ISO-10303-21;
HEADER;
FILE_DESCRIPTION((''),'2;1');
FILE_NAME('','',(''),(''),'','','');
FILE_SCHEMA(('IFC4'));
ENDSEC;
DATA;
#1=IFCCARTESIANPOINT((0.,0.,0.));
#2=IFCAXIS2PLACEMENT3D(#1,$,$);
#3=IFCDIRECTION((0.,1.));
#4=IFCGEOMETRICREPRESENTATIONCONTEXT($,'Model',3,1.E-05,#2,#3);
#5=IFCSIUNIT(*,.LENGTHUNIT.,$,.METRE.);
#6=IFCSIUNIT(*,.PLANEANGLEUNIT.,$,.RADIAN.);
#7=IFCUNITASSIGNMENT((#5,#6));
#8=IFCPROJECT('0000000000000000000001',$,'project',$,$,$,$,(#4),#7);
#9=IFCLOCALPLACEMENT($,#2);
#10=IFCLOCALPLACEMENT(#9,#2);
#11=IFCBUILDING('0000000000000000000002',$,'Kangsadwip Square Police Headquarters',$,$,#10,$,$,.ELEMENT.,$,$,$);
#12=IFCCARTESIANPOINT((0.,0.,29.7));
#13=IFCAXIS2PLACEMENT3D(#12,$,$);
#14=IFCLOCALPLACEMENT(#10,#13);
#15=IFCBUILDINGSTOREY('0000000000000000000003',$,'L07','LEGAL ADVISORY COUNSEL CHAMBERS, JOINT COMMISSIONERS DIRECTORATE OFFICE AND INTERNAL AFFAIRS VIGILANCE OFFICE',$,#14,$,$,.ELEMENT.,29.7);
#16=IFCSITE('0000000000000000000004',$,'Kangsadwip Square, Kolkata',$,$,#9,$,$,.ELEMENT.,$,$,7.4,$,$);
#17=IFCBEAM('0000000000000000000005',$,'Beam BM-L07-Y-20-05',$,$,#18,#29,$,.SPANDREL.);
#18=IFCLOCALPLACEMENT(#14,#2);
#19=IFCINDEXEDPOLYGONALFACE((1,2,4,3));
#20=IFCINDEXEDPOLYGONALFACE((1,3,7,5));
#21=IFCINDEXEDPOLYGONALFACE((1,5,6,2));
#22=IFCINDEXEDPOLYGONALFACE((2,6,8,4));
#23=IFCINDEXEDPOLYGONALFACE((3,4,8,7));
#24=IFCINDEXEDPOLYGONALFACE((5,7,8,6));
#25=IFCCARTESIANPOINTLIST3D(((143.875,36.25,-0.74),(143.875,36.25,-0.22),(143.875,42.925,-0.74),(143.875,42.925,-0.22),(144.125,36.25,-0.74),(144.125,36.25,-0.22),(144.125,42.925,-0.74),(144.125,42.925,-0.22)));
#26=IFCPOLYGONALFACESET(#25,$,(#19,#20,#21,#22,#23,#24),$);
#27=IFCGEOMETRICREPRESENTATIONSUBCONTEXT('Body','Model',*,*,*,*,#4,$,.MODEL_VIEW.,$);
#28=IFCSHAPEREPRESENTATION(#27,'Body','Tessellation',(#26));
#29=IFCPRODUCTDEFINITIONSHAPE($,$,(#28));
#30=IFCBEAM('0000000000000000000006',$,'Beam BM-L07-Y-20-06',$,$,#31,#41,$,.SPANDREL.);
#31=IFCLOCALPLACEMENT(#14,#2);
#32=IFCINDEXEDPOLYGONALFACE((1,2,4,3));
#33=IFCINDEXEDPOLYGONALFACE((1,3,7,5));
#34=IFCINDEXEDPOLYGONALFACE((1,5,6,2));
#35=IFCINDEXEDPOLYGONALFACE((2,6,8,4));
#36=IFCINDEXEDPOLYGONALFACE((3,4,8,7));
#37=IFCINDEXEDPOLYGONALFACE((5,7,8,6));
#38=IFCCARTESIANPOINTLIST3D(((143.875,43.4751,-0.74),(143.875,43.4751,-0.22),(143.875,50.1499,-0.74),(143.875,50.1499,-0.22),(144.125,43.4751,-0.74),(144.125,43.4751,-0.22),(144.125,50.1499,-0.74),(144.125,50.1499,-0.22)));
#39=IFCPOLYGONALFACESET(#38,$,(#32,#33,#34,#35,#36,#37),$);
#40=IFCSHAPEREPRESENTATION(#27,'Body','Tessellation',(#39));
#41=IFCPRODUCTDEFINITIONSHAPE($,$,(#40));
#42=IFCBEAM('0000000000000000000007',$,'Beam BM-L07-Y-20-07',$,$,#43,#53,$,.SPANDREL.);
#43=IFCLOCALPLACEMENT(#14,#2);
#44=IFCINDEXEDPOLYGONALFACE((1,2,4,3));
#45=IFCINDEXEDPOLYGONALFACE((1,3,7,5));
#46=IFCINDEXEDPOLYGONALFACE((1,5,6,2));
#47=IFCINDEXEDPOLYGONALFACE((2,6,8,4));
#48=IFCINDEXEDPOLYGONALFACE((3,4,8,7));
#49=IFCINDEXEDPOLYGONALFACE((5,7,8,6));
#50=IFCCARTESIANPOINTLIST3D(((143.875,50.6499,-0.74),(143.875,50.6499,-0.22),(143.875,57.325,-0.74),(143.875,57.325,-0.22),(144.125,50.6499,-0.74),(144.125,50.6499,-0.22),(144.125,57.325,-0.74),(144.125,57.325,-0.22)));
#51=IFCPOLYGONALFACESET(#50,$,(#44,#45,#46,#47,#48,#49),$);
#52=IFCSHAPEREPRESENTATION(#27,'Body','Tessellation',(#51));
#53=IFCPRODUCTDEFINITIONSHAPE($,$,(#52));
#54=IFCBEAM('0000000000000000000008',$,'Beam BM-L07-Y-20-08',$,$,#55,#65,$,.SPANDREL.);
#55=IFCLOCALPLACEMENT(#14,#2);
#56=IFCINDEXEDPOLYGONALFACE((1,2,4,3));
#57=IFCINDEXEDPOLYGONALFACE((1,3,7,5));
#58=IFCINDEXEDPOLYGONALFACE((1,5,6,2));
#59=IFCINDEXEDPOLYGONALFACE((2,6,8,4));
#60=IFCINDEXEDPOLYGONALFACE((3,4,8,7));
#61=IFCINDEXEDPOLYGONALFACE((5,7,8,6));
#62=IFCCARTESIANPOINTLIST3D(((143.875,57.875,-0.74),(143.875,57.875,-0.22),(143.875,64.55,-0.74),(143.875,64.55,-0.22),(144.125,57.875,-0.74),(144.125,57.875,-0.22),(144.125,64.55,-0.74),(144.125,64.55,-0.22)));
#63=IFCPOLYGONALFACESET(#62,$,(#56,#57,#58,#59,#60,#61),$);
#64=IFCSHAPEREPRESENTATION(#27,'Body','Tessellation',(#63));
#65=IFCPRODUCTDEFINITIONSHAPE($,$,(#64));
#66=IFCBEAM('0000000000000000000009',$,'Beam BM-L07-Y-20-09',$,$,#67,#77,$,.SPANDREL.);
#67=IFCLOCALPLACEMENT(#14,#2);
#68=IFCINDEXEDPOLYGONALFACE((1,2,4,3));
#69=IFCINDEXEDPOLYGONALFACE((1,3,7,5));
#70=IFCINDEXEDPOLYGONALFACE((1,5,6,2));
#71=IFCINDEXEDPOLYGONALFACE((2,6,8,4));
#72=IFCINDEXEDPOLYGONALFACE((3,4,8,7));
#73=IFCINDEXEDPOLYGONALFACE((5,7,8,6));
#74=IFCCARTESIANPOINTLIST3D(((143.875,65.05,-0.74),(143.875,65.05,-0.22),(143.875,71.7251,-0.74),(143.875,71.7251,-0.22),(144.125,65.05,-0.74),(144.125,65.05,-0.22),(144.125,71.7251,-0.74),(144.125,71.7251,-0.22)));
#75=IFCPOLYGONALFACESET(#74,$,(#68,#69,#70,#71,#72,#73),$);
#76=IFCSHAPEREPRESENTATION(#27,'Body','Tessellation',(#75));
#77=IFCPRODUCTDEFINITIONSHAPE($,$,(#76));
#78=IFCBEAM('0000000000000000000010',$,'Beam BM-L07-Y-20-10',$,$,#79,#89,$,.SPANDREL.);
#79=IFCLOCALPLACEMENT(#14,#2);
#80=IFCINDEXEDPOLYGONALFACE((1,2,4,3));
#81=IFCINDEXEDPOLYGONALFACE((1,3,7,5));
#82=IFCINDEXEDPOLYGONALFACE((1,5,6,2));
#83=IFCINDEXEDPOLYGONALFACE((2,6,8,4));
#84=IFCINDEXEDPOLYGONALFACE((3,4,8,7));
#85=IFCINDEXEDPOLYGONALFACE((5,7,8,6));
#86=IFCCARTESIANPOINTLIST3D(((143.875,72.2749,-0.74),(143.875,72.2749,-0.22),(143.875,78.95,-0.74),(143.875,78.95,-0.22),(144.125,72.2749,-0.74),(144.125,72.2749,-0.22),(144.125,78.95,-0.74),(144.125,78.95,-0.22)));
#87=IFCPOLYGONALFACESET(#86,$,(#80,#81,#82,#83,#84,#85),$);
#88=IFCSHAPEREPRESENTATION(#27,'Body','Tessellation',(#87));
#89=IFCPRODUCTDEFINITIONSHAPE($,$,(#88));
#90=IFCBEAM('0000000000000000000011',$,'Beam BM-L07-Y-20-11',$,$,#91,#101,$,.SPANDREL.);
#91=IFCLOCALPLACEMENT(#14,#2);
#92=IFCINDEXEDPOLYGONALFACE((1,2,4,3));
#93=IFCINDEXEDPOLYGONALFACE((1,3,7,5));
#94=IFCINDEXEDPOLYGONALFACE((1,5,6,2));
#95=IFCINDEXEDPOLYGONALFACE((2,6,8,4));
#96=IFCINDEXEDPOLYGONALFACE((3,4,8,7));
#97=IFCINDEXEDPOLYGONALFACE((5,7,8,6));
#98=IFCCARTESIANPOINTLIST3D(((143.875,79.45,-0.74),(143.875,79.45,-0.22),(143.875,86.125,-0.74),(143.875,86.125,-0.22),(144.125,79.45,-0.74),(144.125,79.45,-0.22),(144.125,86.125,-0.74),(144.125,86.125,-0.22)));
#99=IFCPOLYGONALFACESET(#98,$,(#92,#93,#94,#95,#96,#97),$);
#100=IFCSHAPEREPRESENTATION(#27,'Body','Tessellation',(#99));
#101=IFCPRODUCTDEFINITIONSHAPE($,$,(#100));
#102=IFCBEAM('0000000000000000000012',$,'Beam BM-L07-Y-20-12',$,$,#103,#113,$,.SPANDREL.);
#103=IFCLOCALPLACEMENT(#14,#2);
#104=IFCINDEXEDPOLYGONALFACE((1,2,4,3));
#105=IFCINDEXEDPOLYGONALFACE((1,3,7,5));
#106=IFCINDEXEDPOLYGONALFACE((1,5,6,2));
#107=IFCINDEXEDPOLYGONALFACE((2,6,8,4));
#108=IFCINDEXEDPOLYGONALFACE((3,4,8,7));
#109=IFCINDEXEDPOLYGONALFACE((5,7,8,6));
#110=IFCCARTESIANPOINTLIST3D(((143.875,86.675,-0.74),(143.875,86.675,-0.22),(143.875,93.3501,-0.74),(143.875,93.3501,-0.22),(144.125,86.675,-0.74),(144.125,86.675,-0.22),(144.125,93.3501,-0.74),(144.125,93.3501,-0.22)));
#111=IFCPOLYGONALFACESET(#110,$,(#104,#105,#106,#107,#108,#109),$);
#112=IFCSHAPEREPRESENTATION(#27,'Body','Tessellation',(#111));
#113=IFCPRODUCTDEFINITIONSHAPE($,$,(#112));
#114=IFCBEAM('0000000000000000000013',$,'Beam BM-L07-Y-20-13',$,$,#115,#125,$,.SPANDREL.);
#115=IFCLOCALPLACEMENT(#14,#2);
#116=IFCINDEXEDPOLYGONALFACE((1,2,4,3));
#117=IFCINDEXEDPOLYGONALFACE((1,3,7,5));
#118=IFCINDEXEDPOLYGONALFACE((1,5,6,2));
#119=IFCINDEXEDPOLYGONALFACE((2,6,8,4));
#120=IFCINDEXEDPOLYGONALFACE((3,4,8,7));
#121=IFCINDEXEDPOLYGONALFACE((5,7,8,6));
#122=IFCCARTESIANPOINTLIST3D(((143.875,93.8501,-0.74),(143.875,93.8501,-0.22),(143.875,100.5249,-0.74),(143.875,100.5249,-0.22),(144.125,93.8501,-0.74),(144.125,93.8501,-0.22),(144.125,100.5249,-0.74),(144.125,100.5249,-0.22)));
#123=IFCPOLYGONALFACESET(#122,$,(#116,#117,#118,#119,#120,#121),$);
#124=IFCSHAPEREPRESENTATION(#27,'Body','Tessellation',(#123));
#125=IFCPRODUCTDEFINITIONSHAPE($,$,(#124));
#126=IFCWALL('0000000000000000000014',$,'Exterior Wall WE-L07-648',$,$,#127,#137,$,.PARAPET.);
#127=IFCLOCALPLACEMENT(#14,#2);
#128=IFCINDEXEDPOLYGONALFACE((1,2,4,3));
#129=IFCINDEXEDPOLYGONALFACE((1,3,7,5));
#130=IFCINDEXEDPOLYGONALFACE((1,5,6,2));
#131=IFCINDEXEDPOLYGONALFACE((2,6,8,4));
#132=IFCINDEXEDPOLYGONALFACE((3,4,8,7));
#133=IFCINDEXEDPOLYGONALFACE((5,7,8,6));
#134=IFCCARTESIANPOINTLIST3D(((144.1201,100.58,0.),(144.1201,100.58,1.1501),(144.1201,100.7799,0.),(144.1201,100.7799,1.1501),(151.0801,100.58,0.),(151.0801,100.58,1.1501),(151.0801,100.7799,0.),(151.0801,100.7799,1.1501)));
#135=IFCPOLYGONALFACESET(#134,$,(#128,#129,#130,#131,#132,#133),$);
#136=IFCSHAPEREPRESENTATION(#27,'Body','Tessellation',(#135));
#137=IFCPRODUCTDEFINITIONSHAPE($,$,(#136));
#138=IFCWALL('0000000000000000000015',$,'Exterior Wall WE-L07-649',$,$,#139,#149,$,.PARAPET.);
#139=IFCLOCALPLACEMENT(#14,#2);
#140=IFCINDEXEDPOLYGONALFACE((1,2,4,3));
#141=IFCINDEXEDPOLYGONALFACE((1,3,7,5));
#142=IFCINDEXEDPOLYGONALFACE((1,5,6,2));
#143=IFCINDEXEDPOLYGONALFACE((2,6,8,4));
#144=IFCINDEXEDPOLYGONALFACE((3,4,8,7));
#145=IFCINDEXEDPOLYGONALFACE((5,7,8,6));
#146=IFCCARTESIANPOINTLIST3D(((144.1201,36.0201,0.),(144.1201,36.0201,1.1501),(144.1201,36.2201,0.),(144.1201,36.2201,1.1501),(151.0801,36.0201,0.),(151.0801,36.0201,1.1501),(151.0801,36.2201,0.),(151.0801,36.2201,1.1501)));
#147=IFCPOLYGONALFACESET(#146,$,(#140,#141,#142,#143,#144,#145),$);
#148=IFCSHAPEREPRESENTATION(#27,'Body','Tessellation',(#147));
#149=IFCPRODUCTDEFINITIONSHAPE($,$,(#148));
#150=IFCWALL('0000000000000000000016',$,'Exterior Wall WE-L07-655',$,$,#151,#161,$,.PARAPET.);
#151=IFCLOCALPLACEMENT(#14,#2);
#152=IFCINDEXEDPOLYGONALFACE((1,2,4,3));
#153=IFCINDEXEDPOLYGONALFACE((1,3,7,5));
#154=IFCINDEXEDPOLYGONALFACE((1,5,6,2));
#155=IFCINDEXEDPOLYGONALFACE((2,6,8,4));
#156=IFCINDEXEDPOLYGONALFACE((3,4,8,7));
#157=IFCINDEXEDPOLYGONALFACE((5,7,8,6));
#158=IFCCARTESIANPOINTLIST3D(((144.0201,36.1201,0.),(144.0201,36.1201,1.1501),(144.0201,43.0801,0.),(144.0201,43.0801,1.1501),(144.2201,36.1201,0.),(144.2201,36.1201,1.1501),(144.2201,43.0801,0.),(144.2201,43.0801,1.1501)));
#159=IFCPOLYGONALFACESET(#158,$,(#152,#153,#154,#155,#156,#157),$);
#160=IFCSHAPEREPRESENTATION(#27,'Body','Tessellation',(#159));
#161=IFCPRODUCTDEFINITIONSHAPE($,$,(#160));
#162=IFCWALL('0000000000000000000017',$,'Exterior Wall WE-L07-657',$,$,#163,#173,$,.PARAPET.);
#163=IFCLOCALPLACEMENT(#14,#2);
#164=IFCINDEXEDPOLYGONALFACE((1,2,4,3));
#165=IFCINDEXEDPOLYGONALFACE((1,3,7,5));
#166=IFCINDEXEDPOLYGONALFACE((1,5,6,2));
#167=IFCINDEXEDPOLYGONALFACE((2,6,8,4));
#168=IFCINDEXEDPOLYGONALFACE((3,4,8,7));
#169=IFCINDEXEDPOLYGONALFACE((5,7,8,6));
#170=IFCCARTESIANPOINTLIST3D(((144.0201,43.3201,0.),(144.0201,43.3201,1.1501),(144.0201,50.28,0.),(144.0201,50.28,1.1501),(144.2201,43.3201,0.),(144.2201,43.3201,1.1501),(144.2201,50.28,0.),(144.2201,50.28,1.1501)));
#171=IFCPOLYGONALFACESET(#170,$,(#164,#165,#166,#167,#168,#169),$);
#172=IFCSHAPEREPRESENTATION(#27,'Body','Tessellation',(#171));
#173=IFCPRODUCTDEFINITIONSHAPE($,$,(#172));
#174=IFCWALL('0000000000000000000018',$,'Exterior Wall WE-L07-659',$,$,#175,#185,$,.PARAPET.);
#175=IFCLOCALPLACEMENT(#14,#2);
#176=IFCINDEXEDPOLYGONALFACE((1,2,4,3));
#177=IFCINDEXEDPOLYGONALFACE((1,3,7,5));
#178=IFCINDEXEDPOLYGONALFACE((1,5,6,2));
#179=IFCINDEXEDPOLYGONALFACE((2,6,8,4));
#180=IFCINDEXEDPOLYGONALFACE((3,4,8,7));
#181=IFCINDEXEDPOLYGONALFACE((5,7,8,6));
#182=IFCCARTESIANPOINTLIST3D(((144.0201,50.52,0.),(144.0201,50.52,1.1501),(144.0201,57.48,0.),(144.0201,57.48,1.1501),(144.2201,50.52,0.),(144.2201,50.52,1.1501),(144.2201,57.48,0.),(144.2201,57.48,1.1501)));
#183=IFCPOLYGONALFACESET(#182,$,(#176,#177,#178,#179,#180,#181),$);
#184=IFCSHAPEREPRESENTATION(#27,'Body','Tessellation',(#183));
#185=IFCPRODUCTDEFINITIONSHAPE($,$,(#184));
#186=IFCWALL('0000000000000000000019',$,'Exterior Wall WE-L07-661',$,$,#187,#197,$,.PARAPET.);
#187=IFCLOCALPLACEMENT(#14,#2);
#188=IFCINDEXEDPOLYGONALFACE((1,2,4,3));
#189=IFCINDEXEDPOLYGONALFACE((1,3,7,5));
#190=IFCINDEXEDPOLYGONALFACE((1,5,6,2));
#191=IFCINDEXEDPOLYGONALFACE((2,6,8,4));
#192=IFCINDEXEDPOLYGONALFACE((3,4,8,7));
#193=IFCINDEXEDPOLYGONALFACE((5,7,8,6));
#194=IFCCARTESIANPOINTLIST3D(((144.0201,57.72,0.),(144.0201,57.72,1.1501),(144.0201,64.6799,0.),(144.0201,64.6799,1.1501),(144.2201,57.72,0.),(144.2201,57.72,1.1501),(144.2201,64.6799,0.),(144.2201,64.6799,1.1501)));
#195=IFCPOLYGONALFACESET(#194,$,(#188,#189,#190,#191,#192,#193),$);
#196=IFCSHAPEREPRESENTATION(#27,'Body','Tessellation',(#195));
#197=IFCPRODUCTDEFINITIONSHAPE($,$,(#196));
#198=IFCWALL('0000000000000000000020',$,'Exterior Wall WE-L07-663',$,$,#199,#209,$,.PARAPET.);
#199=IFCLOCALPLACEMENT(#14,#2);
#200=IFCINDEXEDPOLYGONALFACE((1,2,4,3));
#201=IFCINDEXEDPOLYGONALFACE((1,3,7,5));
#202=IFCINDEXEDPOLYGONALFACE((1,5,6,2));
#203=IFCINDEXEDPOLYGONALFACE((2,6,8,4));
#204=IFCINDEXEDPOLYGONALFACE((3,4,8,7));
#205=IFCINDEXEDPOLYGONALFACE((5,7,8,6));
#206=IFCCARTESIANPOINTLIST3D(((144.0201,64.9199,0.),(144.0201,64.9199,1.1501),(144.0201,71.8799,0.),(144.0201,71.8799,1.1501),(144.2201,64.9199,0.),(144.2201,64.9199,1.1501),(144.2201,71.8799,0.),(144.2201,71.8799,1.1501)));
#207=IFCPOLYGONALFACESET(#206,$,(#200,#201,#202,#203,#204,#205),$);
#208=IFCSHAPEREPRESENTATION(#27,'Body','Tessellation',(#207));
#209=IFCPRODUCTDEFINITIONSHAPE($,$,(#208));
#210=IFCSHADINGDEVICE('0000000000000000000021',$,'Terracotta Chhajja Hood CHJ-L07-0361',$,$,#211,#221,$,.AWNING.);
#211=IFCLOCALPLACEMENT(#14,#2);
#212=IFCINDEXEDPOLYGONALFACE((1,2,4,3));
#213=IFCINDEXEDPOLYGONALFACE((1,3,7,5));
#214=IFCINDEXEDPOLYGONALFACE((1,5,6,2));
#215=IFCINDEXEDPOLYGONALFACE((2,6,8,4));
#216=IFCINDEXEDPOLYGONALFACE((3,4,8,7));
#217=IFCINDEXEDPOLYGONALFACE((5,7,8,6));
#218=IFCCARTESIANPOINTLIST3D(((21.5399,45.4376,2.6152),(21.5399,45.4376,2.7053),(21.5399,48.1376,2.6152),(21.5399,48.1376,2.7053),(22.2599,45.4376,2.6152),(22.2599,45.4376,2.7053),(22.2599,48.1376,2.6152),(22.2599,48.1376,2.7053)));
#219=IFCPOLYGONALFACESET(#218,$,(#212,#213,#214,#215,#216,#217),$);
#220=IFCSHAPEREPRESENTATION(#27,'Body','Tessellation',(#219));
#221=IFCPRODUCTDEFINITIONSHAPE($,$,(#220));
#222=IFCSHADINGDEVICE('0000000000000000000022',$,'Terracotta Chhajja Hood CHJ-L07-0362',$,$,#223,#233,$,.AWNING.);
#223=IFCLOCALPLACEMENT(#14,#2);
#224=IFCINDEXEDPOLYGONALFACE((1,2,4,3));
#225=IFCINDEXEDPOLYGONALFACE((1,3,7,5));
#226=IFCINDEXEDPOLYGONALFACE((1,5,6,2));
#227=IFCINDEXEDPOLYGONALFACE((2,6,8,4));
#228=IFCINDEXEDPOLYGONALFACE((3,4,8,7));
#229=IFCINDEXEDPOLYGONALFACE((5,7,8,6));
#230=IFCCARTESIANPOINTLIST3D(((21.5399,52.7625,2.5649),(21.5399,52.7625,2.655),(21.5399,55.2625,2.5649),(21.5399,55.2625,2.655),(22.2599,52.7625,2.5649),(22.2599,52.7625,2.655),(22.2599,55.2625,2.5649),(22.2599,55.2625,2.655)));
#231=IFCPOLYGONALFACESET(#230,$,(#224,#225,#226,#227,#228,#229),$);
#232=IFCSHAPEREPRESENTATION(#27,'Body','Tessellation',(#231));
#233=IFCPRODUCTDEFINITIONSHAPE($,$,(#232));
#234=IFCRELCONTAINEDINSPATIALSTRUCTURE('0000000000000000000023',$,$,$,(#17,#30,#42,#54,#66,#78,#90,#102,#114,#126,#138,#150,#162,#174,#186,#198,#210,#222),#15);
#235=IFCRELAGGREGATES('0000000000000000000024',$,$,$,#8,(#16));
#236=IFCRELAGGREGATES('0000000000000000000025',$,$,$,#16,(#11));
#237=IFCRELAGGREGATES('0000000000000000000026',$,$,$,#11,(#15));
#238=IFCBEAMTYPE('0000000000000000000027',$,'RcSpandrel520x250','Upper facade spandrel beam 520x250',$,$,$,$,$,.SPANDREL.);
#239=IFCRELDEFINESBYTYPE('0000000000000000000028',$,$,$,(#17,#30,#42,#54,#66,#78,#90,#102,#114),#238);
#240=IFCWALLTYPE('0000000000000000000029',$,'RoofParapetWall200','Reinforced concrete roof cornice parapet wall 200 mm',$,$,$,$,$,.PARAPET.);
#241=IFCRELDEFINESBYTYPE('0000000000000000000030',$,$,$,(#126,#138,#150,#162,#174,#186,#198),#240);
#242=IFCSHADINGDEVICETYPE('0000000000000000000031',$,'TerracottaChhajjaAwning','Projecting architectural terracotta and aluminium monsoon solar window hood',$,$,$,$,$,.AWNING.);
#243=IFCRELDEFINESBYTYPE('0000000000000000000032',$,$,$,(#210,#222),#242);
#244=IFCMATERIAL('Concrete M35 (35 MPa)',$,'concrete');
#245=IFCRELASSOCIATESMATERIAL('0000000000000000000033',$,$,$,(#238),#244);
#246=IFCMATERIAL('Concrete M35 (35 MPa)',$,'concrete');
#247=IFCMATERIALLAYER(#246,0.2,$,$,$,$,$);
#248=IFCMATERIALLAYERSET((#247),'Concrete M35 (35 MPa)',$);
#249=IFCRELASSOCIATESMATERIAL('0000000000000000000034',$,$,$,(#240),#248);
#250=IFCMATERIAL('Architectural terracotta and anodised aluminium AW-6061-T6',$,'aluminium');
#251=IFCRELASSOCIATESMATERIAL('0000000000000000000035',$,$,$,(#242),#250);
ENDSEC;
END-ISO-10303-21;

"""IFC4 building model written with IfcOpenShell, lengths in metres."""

from ifc_helpers import new_model, si_unit, direction, frame, frame_2d, origin, origin_2d, place, context, subcontext, project, spatial, rectangle, extrude, material, layer, layer_set, material_profile, profile_set, type_object, element, save


model = new_model("IFC4")

# Units and contexts
model_context = context("Model", 3, precision=1e-05, world=origin(), true_north=direction((0.0, 1.0)))
body_context = subcontext(model_context, "Body", "Model", "MODEL_VIEW")
ifc_project = project(units=[si_unit("LENGTHUNIT", "METRE"), si_unit("PLANEANGLEUNIT", "RADIAN")], contexts=[model_context])

# Site, building, storey
site_placement = place(None, origin())
site = spatial("IfcSite", under=ifc_project, at=site_placement, Name="Kangsadwip Square, Kolkata", CompositionType="ELEMENT", RefElevation=7.4)
building_placement = place(site_placement, origin())
building = spatial("IfcBuilding", under=site, at=building_placement, Name="Kangsadwip Square Police Headquarters", CompositionType="ELEMENT")
storey_placement = place(building_placement, frame((0.0, 0.0, 29.7)))
storey = spatial("IfcBuildingStorey", under=building, at=storey_placement, Name="L07", Description="LEGAL ADVISORY COUNSEL CHAMBERS, JOINT COMMISSIONERS DIRECTORATE OFFICE AND INTERNAL AFFAIRS VIGILANCE OFFICE", CompositionType="ELEMENT", Elevation=29.7)

# Beams
ifc_material_1 = material(Name="Concrete M35 (35 MPa)", Category="concrete")
ifc_material_profile = material_profile(ifc_material_1, rectangle(XDim=0.25, YDim=0.52, at=origin_2d()), Name="RC SPN 520X250")
ifc_profile_set = profile_set([ifc_material_profile], Name="Concrete M35 (35 MPa)")
beam_type = type_object("IfcBeamType", Name="RcSpandrel520x250", Description="Upper facade spandrel beam 520x250", PredefinedType="SPANDREL", material=ifc_profile_set)
beam_1_placement = place(storey_placement, frame((144.0, 36.25, -0.48), z_axis=(0.0, 1.0, 0.0), x_axis=(-1.0, 0.0, 0.0)))
element("IfcBeam", 1, at=beam_1_placement, inside=storey, type_object=beam_type, Name="Beam BM-L07-Y-20-05", PredefinedType="SPANDREL", context=body_context, shape_type="SweptSolid", body=[
    extrude(rectangle(XDim=0.25, YDim=0.52, at=origin_2d()), origin(), (0.0, 0.0, 1.0), 6.675),
])
beam_2_placement = place(storey_placement, frame((144.0, 43.4751, -0.48), z_axis=(0.0, 1.0, 0.0), x_axis=(-1.0, 0.0, 0.0)))
element("IfcBeam", 2, at=beam_2_placement, inside=storey, type_object=beam_type, Name="Beam BM-L07-Y-20-06", PredefinedType="SPANDREL", context=body_context, shape_type="SweptSolid", body=[
    extrude(rectangle(XDim=0.25, YDim=0.52, at=origin_2d()), origin(), (0.0, 0.0, 1.0), 6.6748),
])
for number, where, z_axis, x_axis, name in (
    (3, (144.0, 50.6499, -0.48), (0.0, 1.0, 0.0), (-1.0, 0.0, 0.0), "Beam BM-L07-Y-20-07"),
    (4, (144.0, 57.875, -0.48), (0.0, 1.0, 0.0), (-1.0, 0.0, 0.0), "Beam BM-L07-Y-20-08"),
    (5, (144.0, 65.05, -0.48), (0.0, 1.0, 0.0), (-1.0, 0.0, 0.0), "Beam BM-L07-Y-20-09"),
    (6, (144.0, 72.2749, -0.48), (0.0, 1.0, 0.0), (-1.0, 0.0, 0.0), "Beam BM-L07-Y-20-10"),
    (7, (144.0, 79.45, -0.48), (0.0, 1.0, 0.0), (-1.0, 0.0, 0.0), "Beam BM-L07-Y-20-11"),
    (8, (144.0, 86.675, -0.48), (0.0, 1.0, 0.0), (-1.0, 0.0, 0.0), "Beam BM-L07-Y-20-12"),
):
    element("IfcBeam", number, at=place(storey_placement, frame(where, z_axis=z_axis, x_axis=x_axis)), inside=storey, type_object=beam_type, Name=name, PredefinedType="SPANDREL", context=body_context, shape_type="SweptSolid", body=[
        extrude(rectangle(XDim=0.25, YDim=0.52, at=origin_2d()), origin(), (0.0, 0.0, 1.0), 6.675),
    ])
beam_3_placement = place(storey_placement, frame((144.0, 93.8501, -0.48), z_axis=(0.0, 1.0, 0.0), x_axis=(-1.0, 0.0, 0.0)))
element("IfcBeam", 9, at=beam_3_placement, inside=storey, type_object=beam_type, Name="Beam BM-L07-Y-20-13", PredefinedType="SPANDREL", context=body_context, shape_type="SweptSolid", body=[
    extrude(rectangle(XDim=0.25, YDim=0.52, at=origin_2d()), origin(), (0.0, 0.0, 1.0), 6.6748),
])

# Walls
ifc_material_2 = material(Name="Concrete M35 (35 MPa)", Category="concrete")
ifc_layer = layer(ifc_material_2, 0.2)
ifc_layer_set = layer_set([ifc_layer], Name="Concrete M35 (35 MPa)")
wall_type = type_object("IfcWallType", Name="RoofParapetWall200", Description="Reinforced concrete roof cornice parapet wall 200 mm", PredefinedType="PARAPET", material=ifc_layer_set)
for number, where, z_axis, x_axis, name in (
    (10, (144.1201, 100.6799, 0.0), (0.0, 0.0, 1.0), (1.0, 0.0, 0.0), "Exterior Wall WE-L07-648"),
    (11, (144.1201, 36.1201, 0.0), (0.0, 0.0, 1.0), (1.0, 0.0, 0.0), "Exterior Wall WE-L07-649"),
    (12, (144.1201, 36.1201, 0.0), (0.0, 0.0, 1.0), (0.0, 1.0, 0.0), "Exterior Wall WE-L07-655"),
    (13, (144.1201, 43.3201, 0.0), (0.0, 0.0, 1.0), (0.0, 1.0, 0.0), "Exterior Wall WE-L07-657"),
    (14, (144.1201, 50.52, 0.0), (0.0, 0.0, 1.0), (0.0, 1.0, 0.0), "Exterior Wall WE-L07-659"),
    (15, (144.1201, 57.72, 0.0), (0.0, 0.0, 1.0), (0.0, 1.0, 0.0), "Exterior Wall WE-L07-661"),
    (16, (144.1201, 64.9199, 0.0), (0.0, 0.0, 1.0), (0.0, 1.0, 0.0), "Exterior Wall WE-L07-663"),
):
    element("IfcWall", number, at=place(storey_placement, frame(where, z_axis=z_axis, x_axis=x_axis)), inside=storey, type_object=wall_type, Name=name, PredefinedType="PARAPET", context=body_context, shape_type="SweptSolid", body=[
        extrude(rectangle(XDim=6.96, YDim=0.2, at=frame_2d((3.48, 0.0))), origin(), (0.0, 0.0, 1.0), 1.1501),
    ])

# Shading devices
ifc_material_3 = material(Name="Architectural terracotta and anodised aluminium AW-6061-T6", Category="aluminium")
shading_device_type = type_object("IfcShadingDeviceType", Name="TerracottaChhajjaAwning", Description="Projecting architectural terracotta and aluminium monsoon solar window hood", PredefinedType="AWNING", material=ifc_material_3)
shading_device_1_placement = place(storey_placement, frame((21.8999, 46.7876, 2.6152), z_axis=(0.0, 0.0, 1.0), x_axis=(0.0, 1.0, 0.0)))
element("IfcShadingDevice", 17, at=shading_device_1_placement, inside=storey, type_object=shading_device_type, Name="Terracotta Chhajja Hood CHJ-L07-0361", PredefinedType="AWNING", context=body_context, shape_type="SweptSolid", body=[
    extrude(rectangle(XDim=2.7, YDim=0.72, at=origin_2d()), origin(), (0.0, 0.0, 1.0), 0.0901),
])
shading_device_2_placement = place(storey_placement, frame((21.8999, 54.0125, 2.5649), z_axis=(0.0, 0.0, 1.0), x_axis=(0.0, 1.0, 0.0)))
element("IfcShadingDevice", 18, at=shading_device_2_placement, inside=storey, type_object=shading_device_type, Name="Terracotta Chhajja Hood CHJ-L07-0362", PredefinedType="AWNING", context=body_context, shape_type="SweptSolid", body=[
    extrude(rectangle(XDim=2.5, YDim=0.72, at=origin_2d()), origin(), (0.0, 0.0, 1.0), 0.0901),
])

save(model, "model.ifc")
